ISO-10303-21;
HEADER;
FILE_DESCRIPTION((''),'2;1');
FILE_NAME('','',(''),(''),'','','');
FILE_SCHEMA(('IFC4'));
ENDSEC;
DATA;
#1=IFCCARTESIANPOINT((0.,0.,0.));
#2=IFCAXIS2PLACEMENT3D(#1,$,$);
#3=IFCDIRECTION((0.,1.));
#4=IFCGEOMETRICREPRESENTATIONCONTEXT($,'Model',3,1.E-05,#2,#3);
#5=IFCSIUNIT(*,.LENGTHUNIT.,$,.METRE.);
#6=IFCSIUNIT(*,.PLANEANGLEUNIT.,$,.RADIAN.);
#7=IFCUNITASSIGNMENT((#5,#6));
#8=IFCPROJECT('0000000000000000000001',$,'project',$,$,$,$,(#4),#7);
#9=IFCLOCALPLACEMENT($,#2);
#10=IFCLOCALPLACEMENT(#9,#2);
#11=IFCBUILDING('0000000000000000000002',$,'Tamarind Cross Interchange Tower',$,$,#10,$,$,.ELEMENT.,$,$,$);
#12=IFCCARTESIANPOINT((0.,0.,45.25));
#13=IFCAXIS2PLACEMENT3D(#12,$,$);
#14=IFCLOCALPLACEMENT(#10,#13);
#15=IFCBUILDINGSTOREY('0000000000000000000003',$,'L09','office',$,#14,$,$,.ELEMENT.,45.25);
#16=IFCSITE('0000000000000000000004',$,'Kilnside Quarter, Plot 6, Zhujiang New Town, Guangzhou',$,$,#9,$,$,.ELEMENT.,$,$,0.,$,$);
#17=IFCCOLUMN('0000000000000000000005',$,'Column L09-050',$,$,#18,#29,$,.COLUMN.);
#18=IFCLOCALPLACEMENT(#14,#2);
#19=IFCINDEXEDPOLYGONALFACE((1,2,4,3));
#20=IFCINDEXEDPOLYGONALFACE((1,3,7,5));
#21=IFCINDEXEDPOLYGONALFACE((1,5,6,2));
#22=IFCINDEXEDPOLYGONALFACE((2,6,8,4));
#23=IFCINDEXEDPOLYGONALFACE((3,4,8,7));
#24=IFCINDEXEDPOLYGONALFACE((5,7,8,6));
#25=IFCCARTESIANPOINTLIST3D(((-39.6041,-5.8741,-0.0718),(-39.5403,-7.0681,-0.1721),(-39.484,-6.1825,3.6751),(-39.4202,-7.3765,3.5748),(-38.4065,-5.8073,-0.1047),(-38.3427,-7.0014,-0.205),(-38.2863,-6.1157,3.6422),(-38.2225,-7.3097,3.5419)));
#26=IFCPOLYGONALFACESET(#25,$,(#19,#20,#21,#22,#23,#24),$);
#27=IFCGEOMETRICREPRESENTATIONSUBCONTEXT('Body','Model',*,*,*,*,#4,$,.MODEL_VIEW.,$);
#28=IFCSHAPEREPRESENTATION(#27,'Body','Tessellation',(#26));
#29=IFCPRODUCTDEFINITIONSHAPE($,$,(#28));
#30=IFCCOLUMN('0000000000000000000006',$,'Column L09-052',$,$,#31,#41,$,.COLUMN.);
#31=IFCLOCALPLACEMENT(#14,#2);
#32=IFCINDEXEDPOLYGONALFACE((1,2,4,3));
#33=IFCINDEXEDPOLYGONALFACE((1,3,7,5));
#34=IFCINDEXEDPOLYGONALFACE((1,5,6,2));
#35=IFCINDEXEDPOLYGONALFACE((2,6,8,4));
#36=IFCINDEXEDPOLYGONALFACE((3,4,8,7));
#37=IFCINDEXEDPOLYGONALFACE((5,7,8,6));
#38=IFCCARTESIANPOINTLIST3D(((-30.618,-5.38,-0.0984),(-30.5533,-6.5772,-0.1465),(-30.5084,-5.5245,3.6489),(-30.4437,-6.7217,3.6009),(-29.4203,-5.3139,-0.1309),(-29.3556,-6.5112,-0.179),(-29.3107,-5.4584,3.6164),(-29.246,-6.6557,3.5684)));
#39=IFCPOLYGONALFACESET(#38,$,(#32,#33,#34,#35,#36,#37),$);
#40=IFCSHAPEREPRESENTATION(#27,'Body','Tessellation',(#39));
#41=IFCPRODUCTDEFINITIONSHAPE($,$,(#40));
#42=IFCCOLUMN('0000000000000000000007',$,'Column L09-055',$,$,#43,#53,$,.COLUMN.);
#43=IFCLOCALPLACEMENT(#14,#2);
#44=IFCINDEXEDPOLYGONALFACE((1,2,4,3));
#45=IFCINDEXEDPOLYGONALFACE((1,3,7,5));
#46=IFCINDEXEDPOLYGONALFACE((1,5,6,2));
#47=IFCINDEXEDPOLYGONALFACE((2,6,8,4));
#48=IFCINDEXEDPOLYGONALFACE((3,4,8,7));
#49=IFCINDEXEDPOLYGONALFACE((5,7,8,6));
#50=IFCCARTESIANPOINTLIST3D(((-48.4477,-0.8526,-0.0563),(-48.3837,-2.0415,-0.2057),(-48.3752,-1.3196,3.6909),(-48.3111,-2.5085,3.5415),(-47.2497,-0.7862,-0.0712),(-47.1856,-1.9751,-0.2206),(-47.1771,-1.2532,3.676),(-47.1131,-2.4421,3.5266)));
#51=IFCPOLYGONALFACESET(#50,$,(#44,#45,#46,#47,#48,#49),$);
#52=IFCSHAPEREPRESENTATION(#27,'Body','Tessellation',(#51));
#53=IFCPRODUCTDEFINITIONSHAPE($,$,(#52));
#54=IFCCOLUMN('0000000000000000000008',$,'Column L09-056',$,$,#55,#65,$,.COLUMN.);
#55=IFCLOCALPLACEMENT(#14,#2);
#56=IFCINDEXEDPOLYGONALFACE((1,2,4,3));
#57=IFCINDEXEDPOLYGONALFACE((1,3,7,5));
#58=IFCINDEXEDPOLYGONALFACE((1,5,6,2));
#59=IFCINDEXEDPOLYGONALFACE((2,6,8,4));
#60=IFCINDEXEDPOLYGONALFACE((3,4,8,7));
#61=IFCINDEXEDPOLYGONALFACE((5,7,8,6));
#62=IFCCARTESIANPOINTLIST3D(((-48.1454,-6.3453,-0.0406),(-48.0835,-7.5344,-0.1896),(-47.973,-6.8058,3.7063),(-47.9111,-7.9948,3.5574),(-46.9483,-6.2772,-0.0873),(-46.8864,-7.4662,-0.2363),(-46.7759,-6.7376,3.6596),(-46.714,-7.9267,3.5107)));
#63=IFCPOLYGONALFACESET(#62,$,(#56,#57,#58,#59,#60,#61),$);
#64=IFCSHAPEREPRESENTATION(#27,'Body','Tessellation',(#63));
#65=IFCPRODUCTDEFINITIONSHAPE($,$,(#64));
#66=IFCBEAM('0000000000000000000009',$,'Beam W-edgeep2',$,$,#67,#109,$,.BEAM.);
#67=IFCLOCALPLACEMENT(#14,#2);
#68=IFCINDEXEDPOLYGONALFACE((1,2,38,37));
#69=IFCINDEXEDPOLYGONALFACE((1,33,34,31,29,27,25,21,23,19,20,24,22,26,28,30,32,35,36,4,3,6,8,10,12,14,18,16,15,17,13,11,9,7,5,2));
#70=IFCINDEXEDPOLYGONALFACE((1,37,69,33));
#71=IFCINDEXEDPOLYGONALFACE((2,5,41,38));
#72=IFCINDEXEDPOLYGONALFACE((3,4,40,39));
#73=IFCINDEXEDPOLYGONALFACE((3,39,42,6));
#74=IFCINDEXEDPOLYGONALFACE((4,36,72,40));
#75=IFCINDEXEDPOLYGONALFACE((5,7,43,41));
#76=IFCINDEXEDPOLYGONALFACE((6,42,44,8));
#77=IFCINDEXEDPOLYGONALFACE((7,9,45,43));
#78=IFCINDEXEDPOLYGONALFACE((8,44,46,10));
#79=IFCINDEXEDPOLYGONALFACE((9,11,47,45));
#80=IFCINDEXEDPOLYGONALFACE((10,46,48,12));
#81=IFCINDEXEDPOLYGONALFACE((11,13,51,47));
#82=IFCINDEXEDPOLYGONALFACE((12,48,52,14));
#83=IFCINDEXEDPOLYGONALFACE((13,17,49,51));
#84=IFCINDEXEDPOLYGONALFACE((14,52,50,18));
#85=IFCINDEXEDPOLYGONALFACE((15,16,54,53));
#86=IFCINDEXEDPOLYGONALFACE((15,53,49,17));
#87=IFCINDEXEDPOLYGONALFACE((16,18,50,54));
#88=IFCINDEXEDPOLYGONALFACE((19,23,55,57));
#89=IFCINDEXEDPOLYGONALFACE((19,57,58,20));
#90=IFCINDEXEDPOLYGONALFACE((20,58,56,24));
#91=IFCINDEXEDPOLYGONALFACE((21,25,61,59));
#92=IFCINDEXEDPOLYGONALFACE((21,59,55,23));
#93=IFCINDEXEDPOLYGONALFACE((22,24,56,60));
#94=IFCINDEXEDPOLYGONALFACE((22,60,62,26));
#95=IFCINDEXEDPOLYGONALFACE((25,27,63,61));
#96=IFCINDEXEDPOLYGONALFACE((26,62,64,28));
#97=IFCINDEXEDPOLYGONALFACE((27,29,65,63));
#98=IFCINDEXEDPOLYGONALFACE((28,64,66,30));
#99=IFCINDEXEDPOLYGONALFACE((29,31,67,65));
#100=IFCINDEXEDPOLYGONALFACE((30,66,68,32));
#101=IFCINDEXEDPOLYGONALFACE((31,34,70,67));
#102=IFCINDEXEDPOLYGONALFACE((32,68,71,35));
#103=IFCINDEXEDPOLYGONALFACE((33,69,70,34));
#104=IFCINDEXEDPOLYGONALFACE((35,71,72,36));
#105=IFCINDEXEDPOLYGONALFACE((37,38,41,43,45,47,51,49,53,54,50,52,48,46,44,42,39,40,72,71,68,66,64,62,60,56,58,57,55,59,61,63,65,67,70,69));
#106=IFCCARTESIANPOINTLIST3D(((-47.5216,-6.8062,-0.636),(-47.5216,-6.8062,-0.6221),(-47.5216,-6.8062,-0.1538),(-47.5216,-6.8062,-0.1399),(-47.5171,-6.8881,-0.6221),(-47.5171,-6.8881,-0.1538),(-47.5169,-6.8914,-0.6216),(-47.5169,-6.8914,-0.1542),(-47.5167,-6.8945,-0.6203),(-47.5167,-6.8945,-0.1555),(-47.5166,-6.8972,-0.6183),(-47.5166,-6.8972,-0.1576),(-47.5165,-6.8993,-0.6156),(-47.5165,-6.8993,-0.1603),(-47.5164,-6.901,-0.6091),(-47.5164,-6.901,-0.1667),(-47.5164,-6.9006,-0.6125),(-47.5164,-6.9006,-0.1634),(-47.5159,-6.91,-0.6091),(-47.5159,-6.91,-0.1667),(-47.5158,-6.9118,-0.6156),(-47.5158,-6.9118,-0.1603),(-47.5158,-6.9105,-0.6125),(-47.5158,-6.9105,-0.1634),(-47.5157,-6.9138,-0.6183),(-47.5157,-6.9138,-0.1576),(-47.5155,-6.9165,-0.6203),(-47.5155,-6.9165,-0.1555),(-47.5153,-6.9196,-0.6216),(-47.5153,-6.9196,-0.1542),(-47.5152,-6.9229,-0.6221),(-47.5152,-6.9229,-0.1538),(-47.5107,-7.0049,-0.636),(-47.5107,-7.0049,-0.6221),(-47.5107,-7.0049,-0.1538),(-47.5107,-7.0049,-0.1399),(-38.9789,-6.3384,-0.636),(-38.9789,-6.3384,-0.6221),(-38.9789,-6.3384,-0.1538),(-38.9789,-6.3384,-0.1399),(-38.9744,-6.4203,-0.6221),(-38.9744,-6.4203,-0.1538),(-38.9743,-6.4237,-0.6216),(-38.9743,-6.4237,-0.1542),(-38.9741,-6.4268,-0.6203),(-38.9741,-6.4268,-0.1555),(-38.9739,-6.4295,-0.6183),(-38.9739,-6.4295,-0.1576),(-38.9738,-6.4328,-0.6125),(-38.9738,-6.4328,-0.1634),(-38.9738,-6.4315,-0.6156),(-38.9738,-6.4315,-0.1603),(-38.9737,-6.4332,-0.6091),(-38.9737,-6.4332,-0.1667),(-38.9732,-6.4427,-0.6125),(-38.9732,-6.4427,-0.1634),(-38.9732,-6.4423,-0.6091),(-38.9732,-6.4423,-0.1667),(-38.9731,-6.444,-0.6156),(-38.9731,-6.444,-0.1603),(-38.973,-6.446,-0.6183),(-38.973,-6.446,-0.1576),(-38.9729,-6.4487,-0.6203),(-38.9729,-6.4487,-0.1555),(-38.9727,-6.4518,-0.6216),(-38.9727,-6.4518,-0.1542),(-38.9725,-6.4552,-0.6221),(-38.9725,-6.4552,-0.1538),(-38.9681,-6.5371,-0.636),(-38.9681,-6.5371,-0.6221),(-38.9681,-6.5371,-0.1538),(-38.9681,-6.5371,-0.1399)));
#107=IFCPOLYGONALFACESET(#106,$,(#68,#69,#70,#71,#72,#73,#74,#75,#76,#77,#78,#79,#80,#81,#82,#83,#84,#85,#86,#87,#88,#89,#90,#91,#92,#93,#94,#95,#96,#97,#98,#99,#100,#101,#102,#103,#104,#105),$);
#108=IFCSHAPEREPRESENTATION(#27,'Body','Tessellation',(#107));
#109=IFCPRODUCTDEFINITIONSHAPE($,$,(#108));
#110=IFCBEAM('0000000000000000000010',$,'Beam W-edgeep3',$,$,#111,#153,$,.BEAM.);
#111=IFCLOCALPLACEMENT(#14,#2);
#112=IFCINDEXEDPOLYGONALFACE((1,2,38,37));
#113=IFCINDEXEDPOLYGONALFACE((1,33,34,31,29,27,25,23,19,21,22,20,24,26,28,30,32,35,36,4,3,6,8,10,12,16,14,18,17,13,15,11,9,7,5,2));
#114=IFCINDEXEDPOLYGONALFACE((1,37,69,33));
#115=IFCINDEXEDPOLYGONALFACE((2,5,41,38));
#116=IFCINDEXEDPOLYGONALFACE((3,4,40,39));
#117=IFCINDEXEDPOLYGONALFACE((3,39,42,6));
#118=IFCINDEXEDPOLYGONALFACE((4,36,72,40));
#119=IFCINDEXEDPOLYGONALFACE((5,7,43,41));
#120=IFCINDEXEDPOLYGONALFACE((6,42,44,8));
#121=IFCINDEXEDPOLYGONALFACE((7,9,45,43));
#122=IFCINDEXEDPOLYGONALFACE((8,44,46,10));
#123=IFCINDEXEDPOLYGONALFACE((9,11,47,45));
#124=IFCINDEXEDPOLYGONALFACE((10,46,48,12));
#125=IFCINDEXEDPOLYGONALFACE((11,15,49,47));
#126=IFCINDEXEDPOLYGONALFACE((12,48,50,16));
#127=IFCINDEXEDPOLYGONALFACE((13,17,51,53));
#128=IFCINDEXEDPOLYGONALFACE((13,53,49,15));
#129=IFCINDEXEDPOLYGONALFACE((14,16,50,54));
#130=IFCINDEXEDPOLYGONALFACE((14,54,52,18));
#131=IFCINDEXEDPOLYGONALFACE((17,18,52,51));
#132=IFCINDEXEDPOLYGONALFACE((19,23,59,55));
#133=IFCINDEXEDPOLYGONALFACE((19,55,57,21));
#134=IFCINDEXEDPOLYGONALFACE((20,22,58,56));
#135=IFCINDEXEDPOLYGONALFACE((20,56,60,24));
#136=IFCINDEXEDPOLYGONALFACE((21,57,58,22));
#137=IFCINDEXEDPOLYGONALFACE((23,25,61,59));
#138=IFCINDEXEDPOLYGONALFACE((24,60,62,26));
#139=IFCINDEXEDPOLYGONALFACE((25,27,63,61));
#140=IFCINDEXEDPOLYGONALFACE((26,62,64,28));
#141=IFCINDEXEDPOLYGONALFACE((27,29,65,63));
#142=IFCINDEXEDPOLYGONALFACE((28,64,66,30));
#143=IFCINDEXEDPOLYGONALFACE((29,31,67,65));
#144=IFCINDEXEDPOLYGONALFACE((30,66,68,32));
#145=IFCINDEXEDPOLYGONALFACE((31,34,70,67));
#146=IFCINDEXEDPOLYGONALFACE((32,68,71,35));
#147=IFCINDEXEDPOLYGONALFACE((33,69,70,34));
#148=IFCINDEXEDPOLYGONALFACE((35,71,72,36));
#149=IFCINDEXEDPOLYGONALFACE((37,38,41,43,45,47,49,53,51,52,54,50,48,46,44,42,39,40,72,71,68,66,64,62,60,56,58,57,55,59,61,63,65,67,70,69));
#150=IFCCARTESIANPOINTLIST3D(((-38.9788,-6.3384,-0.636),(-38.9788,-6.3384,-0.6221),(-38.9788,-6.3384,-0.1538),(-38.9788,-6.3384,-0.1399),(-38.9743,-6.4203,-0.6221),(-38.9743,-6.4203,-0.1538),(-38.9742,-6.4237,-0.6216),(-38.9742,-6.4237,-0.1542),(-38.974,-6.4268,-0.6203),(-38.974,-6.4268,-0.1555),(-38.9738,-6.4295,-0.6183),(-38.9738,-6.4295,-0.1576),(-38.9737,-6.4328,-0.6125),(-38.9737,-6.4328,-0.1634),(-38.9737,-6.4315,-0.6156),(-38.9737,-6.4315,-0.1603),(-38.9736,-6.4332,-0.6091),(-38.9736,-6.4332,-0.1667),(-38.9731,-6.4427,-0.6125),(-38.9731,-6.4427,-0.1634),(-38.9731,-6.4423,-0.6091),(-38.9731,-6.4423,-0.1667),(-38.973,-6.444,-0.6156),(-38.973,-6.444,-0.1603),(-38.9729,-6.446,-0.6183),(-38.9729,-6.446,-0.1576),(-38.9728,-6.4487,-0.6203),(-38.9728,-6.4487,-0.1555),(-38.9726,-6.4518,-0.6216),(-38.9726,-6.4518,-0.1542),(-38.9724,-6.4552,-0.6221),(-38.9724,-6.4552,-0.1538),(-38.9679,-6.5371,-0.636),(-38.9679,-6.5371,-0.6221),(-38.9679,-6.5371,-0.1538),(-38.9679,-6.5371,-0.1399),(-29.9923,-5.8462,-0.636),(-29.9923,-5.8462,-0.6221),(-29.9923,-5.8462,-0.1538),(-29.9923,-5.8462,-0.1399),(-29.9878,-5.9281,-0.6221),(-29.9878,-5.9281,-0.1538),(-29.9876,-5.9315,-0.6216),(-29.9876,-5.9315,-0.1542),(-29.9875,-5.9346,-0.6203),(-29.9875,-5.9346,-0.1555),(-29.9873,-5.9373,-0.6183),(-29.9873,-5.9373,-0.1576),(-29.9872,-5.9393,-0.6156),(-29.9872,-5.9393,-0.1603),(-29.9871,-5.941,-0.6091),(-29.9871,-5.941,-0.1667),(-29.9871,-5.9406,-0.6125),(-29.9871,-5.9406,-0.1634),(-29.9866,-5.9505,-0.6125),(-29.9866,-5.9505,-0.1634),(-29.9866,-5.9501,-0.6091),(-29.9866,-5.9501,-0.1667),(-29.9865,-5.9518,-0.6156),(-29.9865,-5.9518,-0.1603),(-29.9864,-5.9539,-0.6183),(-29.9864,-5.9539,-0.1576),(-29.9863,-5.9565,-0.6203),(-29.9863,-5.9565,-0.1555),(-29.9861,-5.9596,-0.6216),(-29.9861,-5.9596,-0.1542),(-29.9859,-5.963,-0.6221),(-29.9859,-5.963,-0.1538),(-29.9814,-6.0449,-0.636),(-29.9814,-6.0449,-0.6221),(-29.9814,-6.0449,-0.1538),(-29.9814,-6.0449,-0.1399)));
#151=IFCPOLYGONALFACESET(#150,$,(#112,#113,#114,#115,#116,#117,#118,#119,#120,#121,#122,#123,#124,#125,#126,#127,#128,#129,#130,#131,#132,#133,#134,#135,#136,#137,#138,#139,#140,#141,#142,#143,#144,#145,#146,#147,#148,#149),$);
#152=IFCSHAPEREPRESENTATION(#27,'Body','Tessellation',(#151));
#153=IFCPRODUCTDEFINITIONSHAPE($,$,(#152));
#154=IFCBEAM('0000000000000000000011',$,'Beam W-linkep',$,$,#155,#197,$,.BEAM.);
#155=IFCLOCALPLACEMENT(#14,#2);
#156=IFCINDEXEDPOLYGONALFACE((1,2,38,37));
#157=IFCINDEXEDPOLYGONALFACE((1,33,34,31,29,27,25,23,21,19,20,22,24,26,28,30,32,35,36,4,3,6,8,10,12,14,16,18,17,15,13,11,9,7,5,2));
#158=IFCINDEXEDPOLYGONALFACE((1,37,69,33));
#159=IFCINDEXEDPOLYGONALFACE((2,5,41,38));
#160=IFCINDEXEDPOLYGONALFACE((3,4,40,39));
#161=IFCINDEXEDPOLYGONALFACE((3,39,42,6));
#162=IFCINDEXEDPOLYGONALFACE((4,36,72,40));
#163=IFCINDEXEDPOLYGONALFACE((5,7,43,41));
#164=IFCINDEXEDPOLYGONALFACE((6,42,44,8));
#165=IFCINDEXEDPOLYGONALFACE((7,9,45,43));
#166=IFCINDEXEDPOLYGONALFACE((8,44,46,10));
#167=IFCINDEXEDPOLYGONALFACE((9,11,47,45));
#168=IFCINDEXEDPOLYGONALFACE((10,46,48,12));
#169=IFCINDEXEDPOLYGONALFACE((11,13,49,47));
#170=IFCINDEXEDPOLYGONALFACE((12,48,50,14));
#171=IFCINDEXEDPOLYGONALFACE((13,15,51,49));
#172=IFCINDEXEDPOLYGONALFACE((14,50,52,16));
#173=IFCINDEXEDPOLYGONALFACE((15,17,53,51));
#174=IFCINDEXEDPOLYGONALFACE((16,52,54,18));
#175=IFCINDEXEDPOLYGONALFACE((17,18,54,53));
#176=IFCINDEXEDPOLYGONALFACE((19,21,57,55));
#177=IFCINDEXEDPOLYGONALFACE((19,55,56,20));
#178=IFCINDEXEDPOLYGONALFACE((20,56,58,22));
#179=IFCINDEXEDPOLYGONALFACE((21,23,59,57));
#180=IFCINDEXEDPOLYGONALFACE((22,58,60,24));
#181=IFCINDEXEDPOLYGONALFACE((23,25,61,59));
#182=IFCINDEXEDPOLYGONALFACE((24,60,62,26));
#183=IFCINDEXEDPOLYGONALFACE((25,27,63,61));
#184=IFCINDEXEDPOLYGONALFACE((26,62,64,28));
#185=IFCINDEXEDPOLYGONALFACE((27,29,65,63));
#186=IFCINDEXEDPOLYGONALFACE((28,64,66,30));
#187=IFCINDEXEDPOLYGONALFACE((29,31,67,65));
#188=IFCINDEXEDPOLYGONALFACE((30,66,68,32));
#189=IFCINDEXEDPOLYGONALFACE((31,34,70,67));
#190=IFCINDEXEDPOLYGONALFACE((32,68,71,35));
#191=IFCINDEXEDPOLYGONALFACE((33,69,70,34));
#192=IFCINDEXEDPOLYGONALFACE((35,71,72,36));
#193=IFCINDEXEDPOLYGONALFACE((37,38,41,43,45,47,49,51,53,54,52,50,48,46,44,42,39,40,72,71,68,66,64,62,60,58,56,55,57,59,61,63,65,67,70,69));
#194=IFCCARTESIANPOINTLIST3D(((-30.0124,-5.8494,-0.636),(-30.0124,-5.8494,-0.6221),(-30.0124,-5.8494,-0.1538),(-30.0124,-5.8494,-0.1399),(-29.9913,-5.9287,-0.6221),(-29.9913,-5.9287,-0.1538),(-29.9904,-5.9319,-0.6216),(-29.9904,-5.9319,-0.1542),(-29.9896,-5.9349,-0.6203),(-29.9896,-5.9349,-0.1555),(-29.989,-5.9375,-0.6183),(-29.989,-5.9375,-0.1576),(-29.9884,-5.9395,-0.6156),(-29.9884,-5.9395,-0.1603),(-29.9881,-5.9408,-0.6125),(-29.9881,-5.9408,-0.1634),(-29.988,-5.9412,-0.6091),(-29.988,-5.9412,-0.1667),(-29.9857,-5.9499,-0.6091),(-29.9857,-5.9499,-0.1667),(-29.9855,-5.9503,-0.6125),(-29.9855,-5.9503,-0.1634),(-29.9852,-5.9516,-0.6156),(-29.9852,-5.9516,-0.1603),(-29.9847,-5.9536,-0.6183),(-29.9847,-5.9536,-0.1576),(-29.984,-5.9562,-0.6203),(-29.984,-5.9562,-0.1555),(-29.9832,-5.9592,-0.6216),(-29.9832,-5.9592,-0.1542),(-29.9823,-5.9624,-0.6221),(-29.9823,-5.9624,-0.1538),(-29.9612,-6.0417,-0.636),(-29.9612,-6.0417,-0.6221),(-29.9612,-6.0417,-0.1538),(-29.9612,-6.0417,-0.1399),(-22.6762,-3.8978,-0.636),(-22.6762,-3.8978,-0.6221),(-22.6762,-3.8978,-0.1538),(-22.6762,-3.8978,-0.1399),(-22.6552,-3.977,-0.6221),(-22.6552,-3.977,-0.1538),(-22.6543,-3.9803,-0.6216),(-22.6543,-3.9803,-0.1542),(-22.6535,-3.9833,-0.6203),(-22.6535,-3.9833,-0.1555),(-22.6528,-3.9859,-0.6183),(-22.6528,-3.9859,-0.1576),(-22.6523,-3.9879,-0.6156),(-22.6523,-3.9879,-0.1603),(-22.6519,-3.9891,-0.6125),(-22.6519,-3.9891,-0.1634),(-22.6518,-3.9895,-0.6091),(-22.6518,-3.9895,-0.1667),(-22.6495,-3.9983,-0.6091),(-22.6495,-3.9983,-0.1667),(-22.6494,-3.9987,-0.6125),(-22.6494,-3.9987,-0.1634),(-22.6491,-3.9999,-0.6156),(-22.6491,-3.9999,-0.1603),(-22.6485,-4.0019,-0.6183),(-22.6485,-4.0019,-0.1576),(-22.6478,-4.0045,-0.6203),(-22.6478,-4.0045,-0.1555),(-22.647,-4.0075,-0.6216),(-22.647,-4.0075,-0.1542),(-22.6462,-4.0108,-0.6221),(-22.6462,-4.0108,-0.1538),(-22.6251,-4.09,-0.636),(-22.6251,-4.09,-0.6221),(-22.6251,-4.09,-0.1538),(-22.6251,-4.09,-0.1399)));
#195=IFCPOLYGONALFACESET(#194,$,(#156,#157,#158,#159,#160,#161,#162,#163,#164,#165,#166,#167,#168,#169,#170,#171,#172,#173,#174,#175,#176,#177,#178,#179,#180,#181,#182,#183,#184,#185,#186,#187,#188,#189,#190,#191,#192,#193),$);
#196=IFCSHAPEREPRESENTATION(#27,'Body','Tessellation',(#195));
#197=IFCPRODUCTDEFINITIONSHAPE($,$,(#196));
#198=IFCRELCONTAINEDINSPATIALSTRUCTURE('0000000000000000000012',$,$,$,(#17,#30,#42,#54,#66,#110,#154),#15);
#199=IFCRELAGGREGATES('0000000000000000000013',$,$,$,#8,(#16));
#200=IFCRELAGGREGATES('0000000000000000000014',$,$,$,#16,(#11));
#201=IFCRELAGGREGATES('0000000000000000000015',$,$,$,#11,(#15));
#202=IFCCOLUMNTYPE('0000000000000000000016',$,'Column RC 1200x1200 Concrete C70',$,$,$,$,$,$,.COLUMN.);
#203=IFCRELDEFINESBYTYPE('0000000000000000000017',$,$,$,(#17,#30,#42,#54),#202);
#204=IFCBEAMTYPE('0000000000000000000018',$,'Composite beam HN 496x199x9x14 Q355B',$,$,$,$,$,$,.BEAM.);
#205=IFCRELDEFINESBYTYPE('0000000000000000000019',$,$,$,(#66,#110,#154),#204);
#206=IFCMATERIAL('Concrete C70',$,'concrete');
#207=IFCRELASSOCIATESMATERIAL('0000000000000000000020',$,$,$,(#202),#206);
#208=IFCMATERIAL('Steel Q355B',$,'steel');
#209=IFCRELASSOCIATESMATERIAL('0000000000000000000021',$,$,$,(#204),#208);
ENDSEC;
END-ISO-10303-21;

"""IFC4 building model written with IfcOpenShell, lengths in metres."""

from ifc_helpers import new_model, si_unit, direction, frame, origin, origin_2d, place, context, subcontext, project, spatial, rectangle, i_section, extrude, material, material_profile, profile_set, type_object, element, save


model = new_model("IFC4")

# Units and contexts
model_context = context("Model", 3, precision=1e-05, world=origin(), true_north=direction((0.0, 1.0)))
body_context = subcontext(model_context, "Body", "Model", "MODEL_VIEW")
ifc_project = project(units=[si_unit("LENGTHUNIT", "METRE"), si_unit("PLANEANGLEUNIT", "RADIAN")], contexts=[model_context])

# Site, building, storey
site_placement = place(None, origin())
site = spatial("IfcSite", under=ifc_project, at=site_placement, Name="Kilnside Quarter, Plot 6, Zhujiang New Town, Guangzhou", CompositionType="ELEMENT", RefElevation=0.0)
building_placement = place(site_placement, origin())
building = spatial("IfcBuilding", under=site, at=building_placement, Name="Tamarind Cross Interchange Tower", CompositionType="ELEMENT")
storey_placement = place(building_placement, frame((0.0, 0.0, 45.25)))
storey = spatial("IfcBuildingStorey", under=building, at=storey_placement, Name="L09", Description="office", CompositionType="ELEMENT", Elevation=45.25)

# Columns
ifc_material_1 = material(Name="Concrete C70", Category="concrete")
ifc_material_profile_1 = material_profile(ifc_material_1, rectangle(XDim=1.2, YDim=1.2, at=origin_2d()), Name="RC 1200x1200")
ifc_profile_set_1 = profile_set([ifc_material_profile_1], Name="Concrete C70")
column_type = type_object("IfcColumnType", Name="Column RC 1200x1200 Concrete C70", PredefinedType="COLUMN", material=ifc_profile_set_1)
column_1_placement = place(storey_placement, frame((-38.9734, -6.4377, -0.1384), z_axis=(0.031934, -0.081977, 0.996122), x_axis=(-0.053168, 0.99508, 0.083596)))
element("IfcColumn", 1, at=column_1_placement, inside=storey, type_object=column_type, Name="Column L09-050", PredefinedType="COLUMN", context=body_context, shape_type="SweptSolid", body=[
    extrude(rectangle(XDim=1.2, YDim=1.2, at=origin_2d()), origin(), (0.0, 0.0, 1.0), 3.7615),
])
column_2_placement = place(storey_placement, frame((-29.9868, -5.9456, -0.1387), z_axis=(0.029219, -0.038524, 0.99883), x_axis=(-0.053937, 0.99774, 0.04006)))
element("IfcColumn", 2, at=column_2_placement, inside=storey, type_object=column_type, Name="Column L09-052", PredefinedType="COLUMN", context=body_context, shape_type="SweptSolid", body=[
    extrude(rectangle(XDim=1.2, YDim=1.2, at=origin_2d()), origin(), (0.0, 0.0, 1.0), 3.7517),
])
column_3_placement = place(storey_placement, frame((-47.8167, -1.4138, -0.1384), z_axis=(0.019199, -0.123662, 0.992139), x_axis=(-0.053353, 0.990781, 0.124525)))
element("IfcColumn", 3, at=column_3_placement, inside=storey, type_object=column_type, Name="Column L09-055", PredefinedType="COLUMN", context=body_context, shape_type="SweptSolid", body=[
    extrude(rectangle(XDim=1.2, YDim=1.2, at=origin_2d()), origin(), (0.0, 0.0, 1.0), 3.7769),
])
column_4_placement = place(storey_placement, frame((-47.5159, -6.9058, -0.1384), z_axis=(0.045611, -0.121846, 0.9915), x_axis=(-0.051565, 0.990923, 0.124147)))
element("IfcColumn", 4, at=column_4_placement, inside=storey, type_object=column_type, Name="Column L09-056", PredefinedType="COLUMN", context=body_context, shape_type="SweptSolid", body=[
    extrude(rectangle(XDim=1.2, YDim=1.2, at=origin_2d()), origin(), (0.0, 0.0, 1.0), 3.7791),
])

# Beams
ifc_material_2 = material(Name="Steel Q355B", Category="steel")
ifc_material_profile_2 = material_profile(ifc_material_2, i_section(OverallWidth=0.199, OverallDepth=0.4961, WebThickness=0.009, FlangeThickness=0.0139, FilletRadius=0.0129, at=origin_2d()), Name="HN 496x199x9x14")
ifc_profile_set_2 = profile_set([ifc_material_profile_2], Name="Steel Q355B")
beam_type_1 = type_object("IfcBeamType", Name="Composite beam HN 496x199x9x14 Q355B", PredefinedType="BEAM", material=ifc_profile_set_2)
beam_1_placement = place(storey_placement, frame((-47.5161, -6.9055, -0.3879), z_axis=(0.998504, 0.054675, 0.0), x_axis=(-0.054675, 0.998504, 0.0)))
element("IfcBeam", 5, at=beam_1_placement, inside=storey, type_object=beam_type_1, Name="Beam W-edgeep2", PredefinedType="BEAM", context=body_context, shape_type="SweptSolid", body=[
    extrude(i_section(OverallWidth=0.199, OverallDepth=0.4961, WebThickness=0.009, FlangeThickness=0.0139, FilletRadius=0.0129, at=origin_2d()), origin(), (0.0, 0.0, 1.0), 8.5554),
])
beam_2_placement = place(storey_placement, frame((-38.9734, -6.4377, -0.3879), z_axis=(0.998504, 0.054687, 0.0), x_axis=(-0.054687, 0.998504, 0.0)))
element("IfcBeam", 6, at=beam_2_placement, inside=storey, type_object=beam_type_1, Name="Beam W-edgeep3", PredefinedType="BEAM", context=body_context, shape_type="SweptSolid", body=[
    extrude(i_section(OverallWidth=0.199, OverallDepth=0.4961, WebThickness=0.009, FlangeThickness=0.0139, FilletRadius=0.0129, at=origin_2d()), origin(), (0.0, 0.0, 1.0), 9.0),
])
beam_3_placement = place(storey_placement, frame((-29.9868, -5.9456, -0.3879), z_axis=(0.966387, 0.25709, 0.0), x_axis=(-0.25709, 0.966387, 0.0)))
element("IfcBeam", 7, at=beam_3_placement, inside=storey, type_object=beam_type_1, Name="Beam W-linkep", PredefinedType="BEAM", context=body_context, shape_type="SweptSolid", body=[
    extrude(i_section(OverallWidth=0.199, OverallDepth=0.4961, WebThickness=0.009, FlangeThickness=0.0139, FilletRadius=0.0129, at=origin_2d()), origin(), (0.0, 0.0, 1.0), 7.5913),
])

save(model, "model.ifc")
